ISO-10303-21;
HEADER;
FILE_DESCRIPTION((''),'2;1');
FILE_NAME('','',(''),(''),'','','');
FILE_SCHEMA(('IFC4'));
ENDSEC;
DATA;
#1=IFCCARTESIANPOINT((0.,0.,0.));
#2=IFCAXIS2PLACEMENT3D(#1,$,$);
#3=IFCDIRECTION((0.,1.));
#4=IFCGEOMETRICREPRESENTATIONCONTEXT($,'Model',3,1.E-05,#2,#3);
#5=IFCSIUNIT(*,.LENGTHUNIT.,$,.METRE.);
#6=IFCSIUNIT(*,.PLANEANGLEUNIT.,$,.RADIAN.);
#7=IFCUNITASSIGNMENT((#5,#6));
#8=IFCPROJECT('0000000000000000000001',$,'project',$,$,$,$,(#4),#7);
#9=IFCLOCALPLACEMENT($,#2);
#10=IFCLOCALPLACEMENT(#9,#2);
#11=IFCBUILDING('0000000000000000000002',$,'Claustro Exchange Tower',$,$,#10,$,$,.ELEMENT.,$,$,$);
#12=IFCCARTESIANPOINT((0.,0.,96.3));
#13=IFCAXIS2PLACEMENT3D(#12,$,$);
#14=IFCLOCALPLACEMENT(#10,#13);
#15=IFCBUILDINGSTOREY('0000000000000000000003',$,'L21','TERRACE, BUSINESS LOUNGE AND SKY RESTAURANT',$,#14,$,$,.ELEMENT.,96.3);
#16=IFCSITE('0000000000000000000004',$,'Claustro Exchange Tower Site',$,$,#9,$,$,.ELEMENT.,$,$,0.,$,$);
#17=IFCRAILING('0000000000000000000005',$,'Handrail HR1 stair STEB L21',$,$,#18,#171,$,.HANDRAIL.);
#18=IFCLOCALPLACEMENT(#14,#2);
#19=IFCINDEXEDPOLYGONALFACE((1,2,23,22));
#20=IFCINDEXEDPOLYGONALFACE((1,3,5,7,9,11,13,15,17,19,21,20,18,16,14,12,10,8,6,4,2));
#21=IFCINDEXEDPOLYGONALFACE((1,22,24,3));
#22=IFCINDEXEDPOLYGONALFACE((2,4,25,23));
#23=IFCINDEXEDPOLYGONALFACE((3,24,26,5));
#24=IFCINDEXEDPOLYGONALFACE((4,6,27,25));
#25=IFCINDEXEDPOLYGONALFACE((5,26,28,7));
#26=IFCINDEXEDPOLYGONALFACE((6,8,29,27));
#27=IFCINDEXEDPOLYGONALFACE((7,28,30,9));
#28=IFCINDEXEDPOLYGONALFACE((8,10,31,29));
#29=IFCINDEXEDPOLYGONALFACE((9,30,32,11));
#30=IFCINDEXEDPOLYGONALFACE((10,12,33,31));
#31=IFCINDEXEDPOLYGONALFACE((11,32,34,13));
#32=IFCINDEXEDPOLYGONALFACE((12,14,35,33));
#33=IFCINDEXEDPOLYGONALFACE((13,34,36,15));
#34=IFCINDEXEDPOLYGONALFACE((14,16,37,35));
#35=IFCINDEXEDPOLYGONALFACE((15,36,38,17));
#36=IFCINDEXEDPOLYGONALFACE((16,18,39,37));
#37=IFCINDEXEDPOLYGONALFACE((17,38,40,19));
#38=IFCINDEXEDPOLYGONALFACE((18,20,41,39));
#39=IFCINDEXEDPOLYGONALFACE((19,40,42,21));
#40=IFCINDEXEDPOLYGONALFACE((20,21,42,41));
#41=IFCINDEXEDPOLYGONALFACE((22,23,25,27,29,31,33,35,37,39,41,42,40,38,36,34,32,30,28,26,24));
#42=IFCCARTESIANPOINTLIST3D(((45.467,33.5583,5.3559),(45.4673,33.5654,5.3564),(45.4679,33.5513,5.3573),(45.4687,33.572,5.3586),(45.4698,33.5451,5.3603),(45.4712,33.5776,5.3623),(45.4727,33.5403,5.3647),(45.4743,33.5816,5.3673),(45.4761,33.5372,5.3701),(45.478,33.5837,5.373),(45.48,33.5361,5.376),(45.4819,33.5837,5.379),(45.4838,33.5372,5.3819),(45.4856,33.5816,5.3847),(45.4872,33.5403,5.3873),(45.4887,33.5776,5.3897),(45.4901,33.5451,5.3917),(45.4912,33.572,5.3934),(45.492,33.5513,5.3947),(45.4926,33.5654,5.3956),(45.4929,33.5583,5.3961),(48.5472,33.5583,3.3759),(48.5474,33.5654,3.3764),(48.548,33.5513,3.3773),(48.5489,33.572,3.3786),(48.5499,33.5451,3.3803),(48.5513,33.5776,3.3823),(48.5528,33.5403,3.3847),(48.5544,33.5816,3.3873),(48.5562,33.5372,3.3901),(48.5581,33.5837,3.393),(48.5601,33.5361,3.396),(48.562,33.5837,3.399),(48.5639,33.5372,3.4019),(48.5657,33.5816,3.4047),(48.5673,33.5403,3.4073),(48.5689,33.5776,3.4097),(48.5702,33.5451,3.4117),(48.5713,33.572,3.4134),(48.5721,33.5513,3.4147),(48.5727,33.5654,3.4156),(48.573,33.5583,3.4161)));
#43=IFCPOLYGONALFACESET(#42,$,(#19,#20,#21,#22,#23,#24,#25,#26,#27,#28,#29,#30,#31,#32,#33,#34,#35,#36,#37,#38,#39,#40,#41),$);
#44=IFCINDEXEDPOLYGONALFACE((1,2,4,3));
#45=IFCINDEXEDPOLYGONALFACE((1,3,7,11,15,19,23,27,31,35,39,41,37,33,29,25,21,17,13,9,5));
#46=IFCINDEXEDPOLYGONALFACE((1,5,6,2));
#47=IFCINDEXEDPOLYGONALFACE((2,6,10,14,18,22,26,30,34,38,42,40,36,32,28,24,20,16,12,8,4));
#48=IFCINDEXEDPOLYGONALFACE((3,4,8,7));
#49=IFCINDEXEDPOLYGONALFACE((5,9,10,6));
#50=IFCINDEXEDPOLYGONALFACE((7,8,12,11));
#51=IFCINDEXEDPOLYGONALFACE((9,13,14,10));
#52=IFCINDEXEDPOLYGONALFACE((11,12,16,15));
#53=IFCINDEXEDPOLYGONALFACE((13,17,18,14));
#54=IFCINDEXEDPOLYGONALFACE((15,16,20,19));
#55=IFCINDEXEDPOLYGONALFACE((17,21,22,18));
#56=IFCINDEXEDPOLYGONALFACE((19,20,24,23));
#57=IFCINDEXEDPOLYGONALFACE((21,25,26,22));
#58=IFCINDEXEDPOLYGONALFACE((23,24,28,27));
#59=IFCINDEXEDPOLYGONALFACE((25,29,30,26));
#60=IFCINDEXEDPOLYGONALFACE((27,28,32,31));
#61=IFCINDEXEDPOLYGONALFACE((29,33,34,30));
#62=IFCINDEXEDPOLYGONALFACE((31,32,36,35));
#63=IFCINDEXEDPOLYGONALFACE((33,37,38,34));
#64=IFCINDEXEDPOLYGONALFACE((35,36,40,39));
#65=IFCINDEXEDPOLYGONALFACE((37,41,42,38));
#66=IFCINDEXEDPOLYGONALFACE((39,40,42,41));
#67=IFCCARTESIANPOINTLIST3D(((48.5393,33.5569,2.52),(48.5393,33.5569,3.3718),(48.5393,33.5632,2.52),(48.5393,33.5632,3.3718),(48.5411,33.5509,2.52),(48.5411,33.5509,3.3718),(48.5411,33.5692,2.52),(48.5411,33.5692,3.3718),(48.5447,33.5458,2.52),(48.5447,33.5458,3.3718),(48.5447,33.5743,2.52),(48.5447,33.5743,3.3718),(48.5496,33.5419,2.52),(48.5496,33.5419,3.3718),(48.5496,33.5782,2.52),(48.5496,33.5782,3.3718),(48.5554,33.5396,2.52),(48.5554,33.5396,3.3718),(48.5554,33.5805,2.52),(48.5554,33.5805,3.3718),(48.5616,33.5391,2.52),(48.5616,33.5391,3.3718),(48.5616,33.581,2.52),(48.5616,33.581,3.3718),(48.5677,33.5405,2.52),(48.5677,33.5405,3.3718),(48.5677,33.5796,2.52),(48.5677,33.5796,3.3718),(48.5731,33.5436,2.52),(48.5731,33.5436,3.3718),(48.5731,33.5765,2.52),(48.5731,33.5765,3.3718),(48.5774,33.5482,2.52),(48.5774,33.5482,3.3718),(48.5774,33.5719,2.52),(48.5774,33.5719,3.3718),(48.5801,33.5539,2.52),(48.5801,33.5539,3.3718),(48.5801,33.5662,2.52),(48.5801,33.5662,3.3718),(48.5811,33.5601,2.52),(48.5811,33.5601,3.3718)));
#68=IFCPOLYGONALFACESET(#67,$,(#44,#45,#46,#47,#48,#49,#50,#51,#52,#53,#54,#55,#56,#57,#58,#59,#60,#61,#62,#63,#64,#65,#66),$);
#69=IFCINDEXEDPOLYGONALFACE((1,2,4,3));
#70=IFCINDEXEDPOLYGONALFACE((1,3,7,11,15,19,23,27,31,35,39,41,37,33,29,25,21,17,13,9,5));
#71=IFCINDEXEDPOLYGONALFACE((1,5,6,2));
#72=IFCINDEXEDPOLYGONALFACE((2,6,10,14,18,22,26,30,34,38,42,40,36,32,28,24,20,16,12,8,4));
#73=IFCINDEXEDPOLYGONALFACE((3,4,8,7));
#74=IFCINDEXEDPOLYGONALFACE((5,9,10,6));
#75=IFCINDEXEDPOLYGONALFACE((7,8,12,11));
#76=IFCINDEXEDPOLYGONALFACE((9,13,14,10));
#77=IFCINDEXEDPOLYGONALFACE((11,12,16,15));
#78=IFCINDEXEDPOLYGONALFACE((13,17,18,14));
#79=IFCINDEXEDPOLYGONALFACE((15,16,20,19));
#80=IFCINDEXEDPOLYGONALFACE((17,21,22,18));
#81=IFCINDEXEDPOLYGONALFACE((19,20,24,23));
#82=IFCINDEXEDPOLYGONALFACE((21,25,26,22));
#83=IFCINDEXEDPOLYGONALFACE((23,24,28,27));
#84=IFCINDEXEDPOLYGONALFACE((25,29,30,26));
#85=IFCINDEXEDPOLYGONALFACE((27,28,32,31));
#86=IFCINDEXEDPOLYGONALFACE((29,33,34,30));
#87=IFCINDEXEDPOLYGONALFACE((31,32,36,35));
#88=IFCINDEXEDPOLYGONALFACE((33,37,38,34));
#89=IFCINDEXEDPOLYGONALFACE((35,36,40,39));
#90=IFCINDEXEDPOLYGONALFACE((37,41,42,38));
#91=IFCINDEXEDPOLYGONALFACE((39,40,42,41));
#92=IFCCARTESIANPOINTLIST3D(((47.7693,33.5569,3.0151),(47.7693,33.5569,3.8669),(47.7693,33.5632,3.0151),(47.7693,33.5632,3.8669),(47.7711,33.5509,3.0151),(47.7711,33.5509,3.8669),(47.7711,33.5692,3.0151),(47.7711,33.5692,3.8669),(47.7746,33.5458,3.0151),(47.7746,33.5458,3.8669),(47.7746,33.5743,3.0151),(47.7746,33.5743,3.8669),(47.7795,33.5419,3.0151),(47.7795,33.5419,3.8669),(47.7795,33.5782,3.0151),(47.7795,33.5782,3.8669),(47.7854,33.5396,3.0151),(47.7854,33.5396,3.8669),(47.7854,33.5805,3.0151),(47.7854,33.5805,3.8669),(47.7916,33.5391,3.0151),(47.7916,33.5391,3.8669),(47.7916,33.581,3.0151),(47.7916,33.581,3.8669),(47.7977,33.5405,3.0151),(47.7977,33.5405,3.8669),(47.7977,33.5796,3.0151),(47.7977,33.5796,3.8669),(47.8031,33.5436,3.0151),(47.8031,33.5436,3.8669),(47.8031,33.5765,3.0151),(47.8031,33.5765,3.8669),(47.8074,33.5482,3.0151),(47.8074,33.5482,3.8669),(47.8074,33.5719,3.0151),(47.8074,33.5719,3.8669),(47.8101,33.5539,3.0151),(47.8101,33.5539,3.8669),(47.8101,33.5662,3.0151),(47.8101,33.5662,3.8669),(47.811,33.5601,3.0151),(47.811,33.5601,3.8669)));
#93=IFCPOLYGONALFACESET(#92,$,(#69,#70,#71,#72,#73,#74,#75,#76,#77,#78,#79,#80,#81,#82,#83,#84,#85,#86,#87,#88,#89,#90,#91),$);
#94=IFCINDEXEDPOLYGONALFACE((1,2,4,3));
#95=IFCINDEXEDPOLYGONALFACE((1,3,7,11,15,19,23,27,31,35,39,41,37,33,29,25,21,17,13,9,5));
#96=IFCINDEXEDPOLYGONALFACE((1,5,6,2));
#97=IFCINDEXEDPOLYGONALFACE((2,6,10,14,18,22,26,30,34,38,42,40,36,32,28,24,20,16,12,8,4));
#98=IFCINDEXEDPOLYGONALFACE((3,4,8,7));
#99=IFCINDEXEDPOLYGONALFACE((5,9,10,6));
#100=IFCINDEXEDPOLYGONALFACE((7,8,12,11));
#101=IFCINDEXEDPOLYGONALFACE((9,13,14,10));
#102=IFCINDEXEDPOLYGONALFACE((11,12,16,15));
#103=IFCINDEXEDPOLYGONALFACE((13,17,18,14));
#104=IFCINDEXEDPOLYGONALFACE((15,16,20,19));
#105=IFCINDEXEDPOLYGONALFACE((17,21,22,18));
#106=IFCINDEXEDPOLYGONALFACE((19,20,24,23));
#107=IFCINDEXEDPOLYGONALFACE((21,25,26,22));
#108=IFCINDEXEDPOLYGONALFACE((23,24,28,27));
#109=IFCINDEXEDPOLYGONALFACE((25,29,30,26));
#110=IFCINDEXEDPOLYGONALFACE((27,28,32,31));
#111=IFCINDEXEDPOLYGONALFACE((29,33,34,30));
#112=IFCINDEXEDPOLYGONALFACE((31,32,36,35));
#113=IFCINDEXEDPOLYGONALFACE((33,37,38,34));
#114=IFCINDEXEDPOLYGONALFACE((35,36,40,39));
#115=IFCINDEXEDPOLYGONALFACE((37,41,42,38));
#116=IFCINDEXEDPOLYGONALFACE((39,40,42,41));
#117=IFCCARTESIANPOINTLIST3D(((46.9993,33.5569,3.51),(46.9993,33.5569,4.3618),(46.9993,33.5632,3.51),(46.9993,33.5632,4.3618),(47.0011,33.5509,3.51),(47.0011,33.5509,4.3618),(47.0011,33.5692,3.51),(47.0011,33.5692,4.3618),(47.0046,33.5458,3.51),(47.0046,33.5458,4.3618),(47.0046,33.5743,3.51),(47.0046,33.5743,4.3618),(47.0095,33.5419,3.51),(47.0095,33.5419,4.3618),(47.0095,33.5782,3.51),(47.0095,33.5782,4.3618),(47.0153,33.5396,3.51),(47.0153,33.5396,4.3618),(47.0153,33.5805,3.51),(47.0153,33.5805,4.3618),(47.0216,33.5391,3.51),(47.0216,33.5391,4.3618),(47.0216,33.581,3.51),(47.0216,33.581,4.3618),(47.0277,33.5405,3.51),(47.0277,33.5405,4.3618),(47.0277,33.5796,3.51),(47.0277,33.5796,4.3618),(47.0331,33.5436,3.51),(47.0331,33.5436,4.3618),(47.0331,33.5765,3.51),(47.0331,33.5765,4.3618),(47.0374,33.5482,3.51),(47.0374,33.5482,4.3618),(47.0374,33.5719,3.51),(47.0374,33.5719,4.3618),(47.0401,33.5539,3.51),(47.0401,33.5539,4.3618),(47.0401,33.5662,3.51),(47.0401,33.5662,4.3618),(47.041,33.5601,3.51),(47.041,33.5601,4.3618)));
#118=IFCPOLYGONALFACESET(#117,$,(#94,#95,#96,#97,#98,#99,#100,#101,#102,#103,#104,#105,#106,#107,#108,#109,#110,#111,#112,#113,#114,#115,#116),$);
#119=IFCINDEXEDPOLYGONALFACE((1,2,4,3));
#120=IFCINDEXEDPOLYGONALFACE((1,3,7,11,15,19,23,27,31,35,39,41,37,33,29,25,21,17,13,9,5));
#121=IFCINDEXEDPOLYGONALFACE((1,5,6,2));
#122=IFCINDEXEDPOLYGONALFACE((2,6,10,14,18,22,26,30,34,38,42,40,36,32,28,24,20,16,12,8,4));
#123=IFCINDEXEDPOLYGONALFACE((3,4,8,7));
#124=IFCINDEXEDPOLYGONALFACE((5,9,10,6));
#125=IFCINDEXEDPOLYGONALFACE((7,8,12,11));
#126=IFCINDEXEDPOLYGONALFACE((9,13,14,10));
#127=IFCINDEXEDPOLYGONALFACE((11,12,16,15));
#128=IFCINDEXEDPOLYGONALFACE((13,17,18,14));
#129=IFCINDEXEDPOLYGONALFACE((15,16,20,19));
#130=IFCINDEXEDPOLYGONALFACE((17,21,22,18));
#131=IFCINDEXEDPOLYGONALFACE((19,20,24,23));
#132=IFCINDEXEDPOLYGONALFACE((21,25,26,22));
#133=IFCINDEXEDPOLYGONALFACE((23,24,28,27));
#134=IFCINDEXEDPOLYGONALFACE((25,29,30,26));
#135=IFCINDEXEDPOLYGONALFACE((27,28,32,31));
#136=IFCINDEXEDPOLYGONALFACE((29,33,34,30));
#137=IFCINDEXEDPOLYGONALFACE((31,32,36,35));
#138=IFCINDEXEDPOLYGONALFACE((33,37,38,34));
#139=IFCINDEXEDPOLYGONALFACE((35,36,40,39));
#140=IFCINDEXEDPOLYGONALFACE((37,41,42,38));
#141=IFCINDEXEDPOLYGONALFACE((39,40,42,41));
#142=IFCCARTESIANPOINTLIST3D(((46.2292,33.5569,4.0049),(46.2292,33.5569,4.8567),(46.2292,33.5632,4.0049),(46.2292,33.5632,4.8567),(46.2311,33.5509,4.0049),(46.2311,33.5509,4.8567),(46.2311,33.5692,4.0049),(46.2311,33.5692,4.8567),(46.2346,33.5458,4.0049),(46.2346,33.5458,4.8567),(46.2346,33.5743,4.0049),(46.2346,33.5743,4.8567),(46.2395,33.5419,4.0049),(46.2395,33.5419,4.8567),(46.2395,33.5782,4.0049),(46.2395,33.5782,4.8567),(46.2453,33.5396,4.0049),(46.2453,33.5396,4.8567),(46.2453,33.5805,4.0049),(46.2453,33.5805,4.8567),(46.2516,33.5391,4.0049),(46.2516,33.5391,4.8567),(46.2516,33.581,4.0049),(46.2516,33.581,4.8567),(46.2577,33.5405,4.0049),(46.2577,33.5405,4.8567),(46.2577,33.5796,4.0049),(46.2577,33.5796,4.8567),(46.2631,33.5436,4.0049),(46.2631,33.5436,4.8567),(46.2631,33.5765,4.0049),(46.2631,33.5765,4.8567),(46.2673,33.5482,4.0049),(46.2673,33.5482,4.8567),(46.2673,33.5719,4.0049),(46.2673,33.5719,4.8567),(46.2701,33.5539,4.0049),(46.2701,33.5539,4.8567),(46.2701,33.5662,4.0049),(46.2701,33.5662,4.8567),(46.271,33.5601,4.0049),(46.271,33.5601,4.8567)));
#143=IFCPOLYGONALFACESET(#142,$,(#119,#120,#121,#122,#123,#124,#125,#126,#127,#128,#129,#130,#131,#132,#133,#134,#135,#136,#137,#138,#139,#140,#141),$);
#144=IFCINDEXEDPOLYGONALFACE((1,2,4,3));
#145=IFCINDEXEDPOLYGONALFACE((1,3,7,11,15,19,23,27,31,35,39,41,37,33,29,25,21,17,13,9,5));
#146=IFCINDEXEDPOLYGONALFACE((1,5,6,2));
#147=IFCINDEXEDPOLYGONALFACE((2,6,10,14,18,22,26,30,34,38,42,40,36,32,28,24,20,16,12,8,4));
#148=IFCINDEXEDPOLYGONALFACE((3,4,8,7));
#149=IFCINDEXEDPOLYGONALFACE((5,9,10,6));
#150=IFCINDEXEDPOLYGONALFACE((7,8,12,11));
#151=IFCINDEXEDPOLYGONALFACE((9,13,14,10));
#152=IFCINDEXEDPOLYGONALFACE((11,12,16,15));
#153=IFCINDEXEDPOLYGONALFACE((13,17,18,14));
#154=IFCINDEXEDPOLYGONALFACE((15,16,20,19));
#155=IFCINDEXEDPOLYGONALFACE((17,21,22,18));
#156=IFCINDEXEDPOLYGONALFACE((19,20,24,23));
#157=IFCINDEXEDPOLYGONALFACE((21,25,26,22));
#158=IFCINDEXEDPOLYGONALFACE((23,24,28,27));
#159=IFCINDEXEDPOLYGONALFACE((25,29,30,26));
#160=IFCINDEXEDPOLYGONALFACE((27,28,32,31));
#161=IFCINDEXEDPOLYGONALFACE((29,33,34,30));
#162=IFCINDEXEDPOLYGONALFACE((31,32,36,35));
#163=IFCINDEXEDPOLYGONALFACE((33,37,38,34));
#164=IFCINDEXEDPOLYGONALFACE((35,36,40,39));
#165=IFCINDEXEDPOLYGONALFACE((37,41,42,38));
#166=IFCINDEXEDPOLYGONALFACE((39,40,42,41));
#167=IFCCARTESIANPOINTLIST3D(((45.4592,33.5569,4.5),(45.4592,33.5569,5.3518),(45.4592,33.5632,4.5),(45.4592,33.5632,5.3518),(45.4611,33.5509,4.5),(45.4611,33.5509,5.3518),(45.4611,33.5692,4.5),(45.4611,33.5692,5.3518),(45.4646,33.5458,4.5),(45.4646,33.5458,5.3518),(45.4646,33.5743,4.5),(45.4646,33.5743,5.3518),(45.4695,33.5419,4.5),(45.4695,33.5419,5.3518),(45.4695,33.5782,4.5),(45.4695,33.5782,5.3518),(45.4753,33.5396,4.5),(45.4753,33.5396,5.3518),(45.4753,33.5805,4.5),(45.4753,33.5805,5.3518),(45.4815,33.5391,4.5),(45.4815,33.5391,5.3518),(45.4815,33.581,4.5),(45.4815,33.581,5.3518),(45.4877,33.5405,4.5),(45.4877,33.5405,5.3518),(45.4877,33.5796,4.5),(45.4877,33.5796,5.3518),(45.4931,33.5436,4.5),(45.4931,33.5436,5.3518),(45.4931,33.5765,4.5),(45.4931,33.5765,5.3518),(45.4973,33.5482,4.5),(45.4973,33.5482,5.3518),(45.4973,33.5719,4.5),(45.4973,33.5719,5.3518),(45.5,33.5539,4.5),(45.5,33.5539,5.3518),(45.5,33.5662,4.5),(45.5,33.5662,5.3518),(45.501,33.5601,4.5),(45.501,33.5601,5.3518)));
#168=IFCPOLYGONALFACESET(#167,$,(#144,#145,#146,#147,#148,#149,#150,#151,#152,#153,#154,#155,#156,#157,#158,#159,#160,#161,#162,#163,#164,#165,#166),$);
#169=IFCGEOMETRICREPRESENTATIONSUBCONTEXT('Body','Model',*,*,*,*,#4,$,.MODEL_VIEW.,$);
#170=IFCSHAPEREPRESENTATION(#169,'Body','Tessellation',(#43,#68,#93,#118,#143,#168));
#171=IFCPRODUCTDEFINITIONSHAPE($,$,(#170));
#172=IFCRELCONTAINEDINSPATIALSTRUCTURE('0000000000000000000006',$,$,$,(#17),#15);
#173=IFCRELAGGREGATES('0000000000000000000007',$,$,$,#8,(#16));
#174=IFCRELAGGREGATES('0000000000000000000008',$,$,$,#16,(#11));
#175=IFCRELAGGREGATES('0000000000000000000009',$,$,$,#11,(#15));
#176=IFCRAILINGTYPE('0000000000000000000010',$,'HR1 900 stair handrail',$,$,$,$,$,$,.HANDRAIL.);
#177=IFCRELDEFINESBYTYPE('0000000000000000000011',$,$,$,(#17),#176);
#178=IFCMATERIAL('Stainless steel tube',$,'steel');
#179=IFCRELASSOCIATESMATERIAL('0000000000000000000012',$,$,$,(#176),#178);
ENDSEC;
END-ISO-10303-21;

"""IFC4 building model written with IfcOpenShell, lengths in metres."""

from ifc_helpers import new_model, si_unit, direction, frame, origin, origin_2d, place, context, subcontext, project, spatial, circle, extrude, material, type_object, element, save


model = new_model("IFC4")

# Units and contexts
model_context = context("Model", 3, precision=1e-05, world=origin(), true_north=direction((0.0, 1.0)))
body_context = subcontext(model_context, "Body", "Model", "MODEL_VIEW")
ifc_project = project(units=[si_unit("LENGTHUNIT", "METRE"), si_unit("PLANEANGLEUNIT", "RADIAN")], contexts=[model_context])

# Site, building, storey
site_placement = place(None, origin())
site = spatial("IfcSite", under=ifc_project, at=site_placement, Name="Claustro Exchange Tower Site", CompositionType="ELEMENT", RefElevation=0.0)
building_placement = place(site_placement, origin())
building = spatial("IfcBuilding", under=site, at=building_placement, Name="Claustro Exchange Tower", CompositionType="ELEMENT")
storey_placement = place(building_placement, frame((0.0, 0.0, 96.3)))
storey = spatial("IfcBuildingStorey", under=building, at=storey_placement, Name="L21", Description="TERRACE, BUSINESS LOUNGE AND SKY RESTAURANT", CompositionType="ELEMENT", Elevation=96.3)

# Railing
ifc_material_1 = material(Name="Stainless steel tube", Category="steel")
railing_type_1 = type_object("IfcRailingType", Name="HR1 900 stair handrail", PredefinedType="HANDRAIL", material=ifc_material_1)
railing_1_placement = place(storey_placement, frame((48.5601, 33.5601, 2.52)))
element("IfcRailing", 1, at=railing_1_placement, inside=storey, type_object=railing_type_1, Name="Handrail HR1 stair STEB L21", PredefinedType="HANDRAIL", context=body_context, shape_type="SweptSolid", body=[
    extrude(circle(Radius=0.0239, at=origin_2d()), frame((0.0, 0.0, 0.876), z_axis=(-0.841187, 0.0, 0.540744), x_axis=(0.0, -1.0, 0.0)), (0.0, 0.0, 1.0), 3.6616),
    extrude(circle(Radius=0.021, at=origin_2d()), origin(), (0.0, 0.0, 1.0), 0.8518),
    extrude(circle(Radius=0.021, at=origin_2d()), frame((-0.77, 0.0, 0.4951)), (0.0, 0.0, 1.0), 0.8518),
    extrude(circle(Radius=0.021, at=origin_2d()), frame((-1.54, 0.0, 0.99)), (0.0, 0.0, 1.0), 0.8518),
    extrude(circle(Radius=0.021, at=origin_2d()), frame((-2.3101, 0.0, 1.4849)), (0.0, 0.0, 1.0), 0.8518),
    extrude(circle(Radius=0.021, at=origin_2d()), frame((-3.0801, 0.0, 1.98)), (0.0, 0.0, 1.0), 0.8518),
])

save(model, "model.ifc")
